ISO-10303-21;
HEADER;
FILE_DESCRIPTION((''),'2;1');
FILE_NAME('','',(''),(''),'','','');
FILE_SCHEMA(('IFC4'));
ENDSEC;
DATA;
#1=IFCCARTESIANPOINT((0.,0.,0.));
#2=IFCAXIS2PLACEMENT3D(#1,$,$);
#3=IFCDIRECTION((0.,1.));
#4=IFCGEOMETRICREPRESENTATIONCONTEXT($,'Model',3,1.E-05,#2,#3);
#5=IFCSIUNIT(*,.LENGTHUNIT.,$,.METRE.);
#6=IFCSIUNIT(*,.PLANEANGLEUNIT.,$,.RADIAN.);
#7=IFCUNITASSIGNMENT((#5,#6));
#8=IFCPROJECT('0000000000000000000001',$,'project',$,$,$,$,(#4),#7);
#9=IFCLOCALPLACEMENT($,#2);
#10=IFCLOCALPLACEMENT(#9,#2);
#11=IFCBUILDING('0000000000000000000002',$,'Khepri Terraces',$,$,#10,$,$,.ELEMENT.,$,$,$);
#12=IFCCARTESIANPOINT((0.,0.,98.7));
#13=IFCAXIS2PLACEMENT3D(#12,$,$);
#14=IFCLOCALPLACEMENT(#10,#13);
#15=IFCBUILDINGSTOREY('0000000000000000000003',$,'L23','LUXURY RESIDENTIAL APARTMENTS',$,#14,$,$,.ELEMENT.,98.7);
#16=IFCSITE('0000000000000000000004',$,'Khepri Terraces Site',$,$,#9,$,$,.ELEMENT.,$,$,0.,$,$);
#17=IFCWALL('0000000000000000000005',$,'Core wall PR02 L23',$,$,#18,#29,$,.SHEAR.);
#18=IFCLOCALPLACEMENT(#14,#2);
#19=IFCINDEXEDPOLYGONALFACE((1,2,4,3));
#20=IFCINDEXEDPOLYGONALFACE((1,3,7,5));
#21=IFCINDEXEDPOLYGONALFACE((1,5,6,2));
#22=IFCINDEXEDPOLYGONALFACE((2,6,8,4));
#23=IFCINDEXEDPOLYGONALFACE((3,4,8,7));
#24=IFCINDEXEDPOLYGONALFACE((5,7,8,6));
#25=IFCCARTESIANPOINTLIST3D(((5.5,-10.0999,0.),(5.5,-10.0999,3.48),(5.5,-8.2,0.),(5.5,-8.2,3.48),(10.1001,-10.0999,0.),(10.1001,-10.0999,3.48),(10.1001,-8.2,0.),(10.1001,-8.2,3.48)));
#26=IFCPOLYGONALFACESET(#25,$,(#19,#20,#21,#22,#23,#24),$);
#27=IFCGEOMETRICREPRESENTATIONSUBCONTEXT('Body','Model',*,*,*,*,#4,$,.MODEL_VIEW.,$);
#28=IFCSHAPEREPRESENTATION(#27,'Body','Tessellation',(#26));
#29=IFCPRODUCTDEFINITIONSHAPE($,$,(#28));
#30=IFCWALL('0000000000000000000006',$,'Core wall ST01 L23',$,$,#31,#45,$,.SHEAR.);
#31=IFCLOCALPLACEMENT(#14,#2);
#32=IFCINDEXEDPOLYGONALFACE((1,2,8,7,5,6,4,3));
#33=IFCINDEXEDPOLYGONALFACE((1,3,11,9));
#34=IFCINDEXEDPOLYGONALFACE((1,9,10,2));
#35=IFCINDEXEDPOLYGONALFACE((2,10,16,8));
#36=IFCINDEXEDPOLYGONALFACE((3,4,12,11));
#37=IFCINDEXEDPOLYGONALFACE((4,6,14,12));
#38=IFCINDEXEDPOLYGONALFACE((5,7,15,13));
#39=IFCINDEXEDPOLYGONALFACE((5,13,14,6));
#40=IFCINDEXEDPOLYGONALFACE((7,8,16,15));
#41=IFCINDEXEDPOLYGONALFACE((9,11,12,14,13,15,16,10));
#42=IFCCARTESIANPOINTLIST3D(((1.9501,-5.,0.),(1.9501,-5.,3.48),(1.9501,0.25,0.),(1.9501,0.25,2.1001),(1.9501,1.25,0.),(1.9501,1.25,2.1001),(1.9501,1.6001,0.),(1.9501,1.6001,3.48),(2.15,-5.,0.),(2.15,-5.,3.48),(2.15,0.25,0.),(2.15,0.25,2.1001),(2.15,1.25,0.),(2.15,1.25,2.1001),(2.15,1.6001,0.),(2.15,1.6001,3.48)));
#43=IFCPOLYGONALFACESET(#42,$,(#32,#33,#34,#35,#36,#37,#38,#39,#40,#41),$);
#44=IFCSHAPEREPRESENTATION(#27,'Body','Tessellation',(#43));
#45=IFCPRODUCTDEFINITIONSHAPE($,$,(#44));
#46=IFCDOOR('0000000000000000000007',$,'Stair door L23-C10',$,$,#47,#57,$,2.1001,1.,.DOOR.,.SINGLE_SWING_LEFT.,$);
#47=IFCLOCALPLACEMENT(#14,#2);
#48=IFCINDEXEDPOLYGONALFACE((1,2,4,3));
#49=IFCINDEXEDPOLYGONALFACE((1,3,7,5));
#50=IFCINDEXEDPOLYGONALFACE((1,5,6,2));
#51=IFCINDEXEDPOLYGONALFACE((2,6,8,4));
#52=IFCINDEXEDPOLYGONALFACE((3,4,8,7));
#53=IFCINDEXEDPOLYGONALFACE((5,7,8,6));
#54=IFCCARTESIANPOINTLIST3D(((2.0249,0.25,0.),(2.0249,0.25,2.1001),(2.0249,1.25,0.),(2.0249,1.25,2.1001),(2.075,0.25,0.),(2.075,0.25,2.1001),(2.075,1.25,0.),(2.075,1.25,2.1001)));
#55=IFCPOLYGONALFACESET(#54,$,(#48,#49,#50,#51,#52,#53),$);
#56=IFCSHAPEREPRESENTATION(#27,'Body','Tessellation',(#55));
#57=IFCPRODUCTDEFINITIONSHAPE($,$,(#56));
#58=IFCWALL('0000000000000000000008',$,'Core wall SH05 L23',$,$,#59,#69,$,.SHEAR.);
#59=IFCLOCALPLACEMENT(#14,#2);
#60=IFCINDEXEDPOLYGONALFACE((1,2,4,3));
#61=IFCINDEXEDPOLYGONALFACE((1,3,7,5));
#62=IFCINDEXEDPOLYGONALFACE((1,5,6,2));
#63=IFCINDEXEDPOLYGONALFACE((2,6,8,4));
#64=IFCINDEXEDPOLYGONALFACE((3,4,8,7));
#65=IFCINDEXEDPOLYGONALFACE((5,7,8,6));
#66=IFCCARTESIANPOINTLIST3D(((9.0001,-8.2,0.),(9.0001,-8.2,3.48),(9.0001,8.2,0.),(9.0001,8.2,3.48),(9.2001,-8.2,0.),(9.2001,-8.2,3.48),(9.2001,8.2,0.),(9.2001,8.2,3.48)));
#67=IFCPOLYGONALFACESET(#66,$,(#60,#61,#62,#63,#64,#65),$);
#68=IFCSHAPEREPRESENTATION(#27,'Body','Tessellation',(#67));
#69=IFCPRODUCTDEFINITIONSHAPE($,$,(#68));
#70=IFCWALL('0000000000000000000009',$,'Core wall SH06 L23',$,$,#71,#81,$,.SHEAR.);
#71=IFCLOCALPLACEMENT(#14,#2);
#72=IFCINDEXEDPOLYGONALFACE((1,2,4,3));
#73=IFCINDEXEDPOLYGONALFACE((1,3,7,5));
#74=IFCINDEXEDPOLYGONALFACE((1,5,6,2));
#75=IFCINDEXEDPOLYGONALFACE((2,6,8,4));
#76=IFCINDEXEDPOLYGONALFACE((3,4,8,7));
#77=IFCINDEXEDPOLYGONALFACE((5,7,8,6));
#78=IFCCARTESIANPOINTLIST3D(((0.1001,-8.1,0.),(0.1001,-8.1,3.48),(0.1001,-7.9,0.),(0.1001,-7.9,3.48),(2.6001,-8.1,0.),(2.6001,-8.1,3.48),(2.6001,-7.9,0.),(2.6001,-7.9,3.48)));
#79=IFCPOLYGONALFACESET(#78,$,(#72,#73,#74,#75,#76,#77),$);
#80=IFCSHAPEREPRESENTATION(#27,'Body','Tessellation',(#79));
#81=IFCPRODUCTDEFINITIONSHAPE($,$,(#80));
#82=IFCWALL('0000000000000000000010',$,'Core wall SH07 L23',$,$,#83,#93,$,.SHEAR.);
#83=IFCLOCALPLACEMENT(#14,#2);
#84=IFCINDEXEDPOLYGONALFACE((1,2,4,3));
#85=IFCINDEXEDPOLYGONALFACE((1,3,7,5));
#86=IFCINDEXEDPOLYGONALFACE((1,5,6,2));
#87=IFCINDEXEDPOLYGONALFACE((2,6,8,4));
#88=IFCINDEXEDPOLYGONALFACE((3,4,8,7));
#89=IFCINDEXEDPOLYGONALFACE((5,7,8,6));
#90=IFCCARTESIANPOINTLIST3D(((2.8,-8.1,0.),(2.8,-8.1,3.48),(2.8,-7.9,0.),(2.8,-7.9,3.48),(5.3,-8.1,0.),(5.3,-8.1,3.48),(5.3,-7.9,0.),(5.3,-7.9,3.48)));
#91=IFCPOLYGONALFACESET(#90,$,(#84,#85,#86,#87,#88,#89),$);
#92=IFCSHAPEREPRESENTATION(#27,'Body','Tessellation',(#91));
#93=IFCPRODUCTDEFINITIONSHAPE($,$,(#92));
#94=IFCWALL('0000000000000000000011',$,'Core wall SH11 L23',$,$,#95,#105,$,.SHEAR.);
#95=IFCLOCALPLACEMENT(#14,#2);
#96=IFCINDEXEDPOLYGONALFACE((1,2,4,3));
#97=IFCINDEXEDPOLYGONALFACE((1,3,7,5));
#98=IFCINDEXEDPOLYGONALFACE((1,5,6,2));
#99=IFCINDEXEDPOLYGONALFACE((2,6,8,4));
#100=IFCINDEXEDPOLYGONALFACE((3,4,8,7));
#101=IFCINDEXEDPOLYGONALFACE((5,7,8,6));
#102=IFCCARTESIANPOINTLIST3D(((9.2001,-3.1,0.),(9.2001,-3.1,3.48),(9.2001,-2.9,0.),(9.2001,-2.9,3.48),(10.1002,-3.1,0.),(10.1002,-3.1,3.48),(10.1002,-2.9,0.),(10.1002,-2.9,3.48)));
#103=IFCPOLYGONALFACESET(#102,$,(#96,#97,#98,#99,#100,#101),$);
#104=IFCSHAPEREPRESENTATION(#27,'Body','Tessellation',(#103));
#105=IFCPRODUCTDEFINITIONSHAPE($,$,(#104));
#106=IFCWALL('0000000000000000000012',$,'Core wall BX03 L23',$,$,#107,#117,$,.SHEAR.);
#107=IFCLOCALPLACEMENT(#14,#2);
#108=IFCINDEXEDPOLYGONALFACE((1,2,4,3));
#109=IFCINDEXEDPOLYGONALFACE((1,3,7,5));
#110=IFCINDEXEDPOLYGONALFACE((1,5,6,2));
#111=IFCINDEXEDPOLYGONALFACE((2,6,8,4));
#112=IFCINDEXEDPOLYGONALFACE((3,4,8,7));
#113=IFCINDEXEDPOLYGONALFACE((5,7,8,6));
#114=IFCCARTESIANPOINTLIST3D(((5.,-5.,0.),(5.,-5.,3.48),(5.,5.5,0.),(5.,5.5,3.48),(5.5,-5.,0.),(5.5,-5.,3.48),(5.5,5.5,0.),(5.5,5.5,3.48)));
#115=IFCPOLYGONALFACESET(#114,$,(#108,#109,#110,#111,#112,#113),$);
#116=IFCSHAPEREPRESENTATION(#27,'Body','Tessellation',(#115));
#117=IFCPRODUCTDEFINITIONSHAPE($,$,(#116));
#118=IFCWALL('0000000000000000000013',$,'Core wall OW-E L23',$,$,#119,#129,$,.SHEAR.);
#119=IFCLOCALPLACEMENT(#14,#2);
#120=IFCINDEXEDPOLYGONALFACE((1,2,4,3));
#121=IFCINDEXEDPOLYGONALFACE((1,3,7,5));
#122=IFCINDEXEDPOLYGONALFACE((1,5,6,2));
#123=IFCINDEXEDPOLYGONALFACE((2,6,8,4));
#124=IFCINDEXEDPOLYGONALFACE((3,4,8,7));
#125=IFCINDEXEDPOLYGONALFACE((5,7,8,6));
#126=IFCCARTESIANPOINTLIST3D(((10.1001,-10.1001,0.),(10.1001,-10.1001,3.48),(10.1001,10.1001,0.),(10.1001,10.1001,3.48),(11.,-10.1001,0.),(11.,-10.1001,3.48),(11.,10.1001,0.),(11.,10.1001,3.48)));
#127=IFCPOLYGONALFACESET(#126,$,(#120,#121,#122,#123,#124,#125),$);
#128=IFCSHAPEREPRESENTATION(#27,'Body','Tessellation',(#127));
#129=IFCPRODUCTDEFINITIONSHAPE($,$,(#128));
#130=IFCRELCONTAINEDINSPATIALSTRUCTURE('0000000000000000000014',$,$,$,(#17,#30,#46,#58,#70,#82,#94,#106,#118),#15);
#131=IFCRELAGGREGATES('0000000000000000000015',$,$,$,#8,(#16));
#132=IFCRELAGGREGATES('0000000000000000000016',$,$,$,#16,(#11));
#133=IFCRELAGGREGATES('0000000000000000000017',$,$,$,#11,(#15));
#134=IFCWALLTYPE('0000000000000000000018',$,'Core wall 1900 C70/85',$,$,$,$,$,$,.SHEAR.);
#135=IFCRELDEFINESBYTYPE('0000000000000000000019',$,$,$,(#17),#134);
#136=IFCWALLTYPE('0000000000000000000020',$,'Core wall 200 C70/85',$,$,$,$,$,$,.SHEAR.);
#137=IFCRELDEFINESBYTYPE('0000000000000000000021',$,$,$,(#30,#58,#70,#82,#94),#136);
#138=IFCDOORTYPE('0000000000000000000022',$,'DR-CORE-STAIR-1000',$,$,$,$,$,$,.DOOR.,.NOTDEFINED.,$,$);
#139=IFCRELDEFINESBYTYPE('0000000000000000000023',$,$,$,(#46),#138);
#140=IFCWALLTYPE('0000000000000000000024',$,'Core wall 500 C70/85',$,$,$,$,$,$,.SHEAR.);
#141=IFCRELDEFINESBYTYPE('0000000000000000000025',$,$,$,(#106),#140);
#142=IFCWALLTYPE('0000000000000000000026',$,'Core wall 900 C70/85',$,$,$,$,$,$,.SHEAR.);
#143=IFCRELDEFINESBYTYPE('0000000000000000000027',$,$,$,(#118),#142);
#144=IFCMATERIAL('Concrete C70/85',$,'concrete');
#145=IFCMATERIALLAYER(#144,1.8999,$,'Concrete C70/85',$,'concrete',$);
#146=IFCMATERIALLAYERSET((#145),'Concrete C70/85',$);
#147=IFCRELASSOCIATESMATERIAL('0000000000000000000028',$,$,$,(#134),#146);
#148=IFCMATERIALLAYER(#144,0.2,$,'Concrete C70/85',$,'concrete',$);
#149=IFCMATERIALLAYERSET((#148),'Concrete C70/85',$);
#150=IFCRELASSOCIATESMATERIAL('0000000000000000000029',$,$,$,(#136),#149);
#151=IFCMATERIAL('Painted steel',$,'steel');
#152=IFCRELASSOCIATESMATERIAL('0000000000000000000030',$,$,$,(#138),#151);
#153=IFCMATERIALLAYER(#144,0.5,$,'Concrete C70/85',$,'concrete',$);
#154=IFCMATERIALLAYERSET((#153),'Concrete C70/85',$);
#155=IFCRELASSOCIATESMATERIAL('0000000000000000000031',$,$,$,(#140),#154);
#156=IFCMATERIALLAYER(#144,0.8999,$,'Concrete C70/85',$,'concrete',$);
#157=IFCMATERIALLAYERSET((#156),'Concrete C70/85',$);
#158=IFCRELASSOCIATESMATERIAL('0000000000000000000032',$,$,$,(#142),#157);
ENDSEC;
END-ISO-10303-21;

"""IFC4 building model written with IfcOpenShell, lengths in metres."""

from ifc_helpers import new_model, si_unit, direction, frame, frame_2d, origin, place, context, subcontext, project, spatial, rectangle, extrude, material, layer, layer_set, type_object, element, fill, save


model = new_model("IFC4")

# Units and contexts
model_context = context("Model", 3, precision=1e-05, world=origin(), true_north=direction((0.0, 1.0)))
body_context = subcontext(model_context, "Body", "Model", "MODEL_VIEW")
ifc_project = project(units=[si_unit("LENGTHUNIT", "METRE"), si_unit("PLANEANGLEUNIT", "RADIAN")], contexts=[model_context])

# Site, building, storey
site_placement = place(None, origin())
site = spatial("IfcSite", under=ifc_project, at=site_placement, Name="Khepri Terraces Site", CompositionType="ELEMENT", RefElevation=0.0)
building_placement = place(site_placement, origin())
building = spatial("IfcBuilding", under=site, at=building_placement, Name="Khepri Terraces", CompositionType="ELEMENT")
storey_placement = place(building_placement, frame((0.0, 0.0, 98.7)))
storey = spatial("IfcBuildingStorey", under=building, at=storey_placement, Name="L23", Description="LUXURY RESIDENTIAL APARTMENTS", CompositionType="ELEMENT", Elevation=98.7)

# Wall
ifc_material_1 = material(Name="Concrete C70/85", Category="concrete")
ifc_layer_1 = layer(ifc_material_1, 1.8999, Name="Concrete C70/85", Category="concrete")
ifc_layer_set_1 = layer_set([ifc_layer_1], Name="Concrete C70/85")
wall_type_1 = type_object("IfcWallType", Name="Core wall 1900 C70/85", PredefinedType="SHEAR", material=ifc_layer_set_1)
wall_1_placement = place(storey_placement, frame((5.5, -9.1499, 0.0), z_axis=(0.0, 0.0, 1.0), x_axis=(1.0, 0.0, 0.0)))
element("IfcWall", 1, at=wall_1_placement, inside=storey, type_object=wall_type_1, Name="Core wall PR02 L23", PredefinedType="SHEAR", context=body_context, shape_type="SweptSolid", body=[
    extrude(rectangle(XDim=4.6001, YDim=1.8999, at=frame_2d((2.3, 0.0))), origin(), (0.0, 0.0, 1.0), 3.48),
])

# Wall, opening, door
ifc_layer_2 = layer(ifc_material_1, 0.2, Name="Concrete C70/85", Category="concrete")
ifc_layer_set_2 = layer_set([ifc_layer_2], Name="Concrete C70/85")
wall_type_2 = type_object("IfcWallType", Name="Core wall 200 C70/85", PredefinedType="SHEAR", material=ifc_layer_set_2)
wall_2_placement = place(storey_placement, frame((2.05, -5.0, 0.0), z_axis=(0.0, 0.0, 1.0), x_axis=(0.0, 1.0, 0.0)))
wall_2 = element("IfcWall", 2, at=wall_2_placement, inside=storey, type_object=wall_type_2, Name="Core wall ST01 L23", PredefinedType="SHEAR", context=body_context, shape_type="SweptSolid", body=[
    extrude(rectangle(XDim=6.6001, YDim=0.2, at=frame_2d((3.3, 0.0))), origin(), (0.0, 0.0, 1.0), 3.48),
])
opening_1_placement = place(wall_2_placement, frame((5.25, 0.0, 0.0)))
opening_1 = element("IfcOpeningElement", 3, at=opening_1_placement, cuts=wall_2, PredefinedType="OPENING", context=body_context, shape_type="SweptSolid", body=[
    extrude(rectangle(XDim=1.0, YDim=2.1001, at=frame_2d((0.5, 1.05))), frame((0.0, 0.1099, 0.0), z_axis=(0.0, -1.0, 0.0), x_axis=(1.0, 0.0, 0.0)), (0.0, 0.0, 1.0), 0.22),
])
ifc_material_2 = material(Name="Painted steel", Category="steel")
door_type_1 = type_object("IfcDoorType", Name="DR-CORE-STAIR-1000", OperationType="NOTDEFINED", PredefinedType="DOOR", material=ifc_material_2)
door_1_placement = place(opening_1_placement, frame((1.0, 0.0, 0.0), z_axis=(0.0, 0.0, 1.0), x_axis=(-1.0, 0.0, 0.0)))
door_1 = element("IfcDoor", 4, at=door_1_placement, inside=storey, type_object=door_type_1, Name="Stair door L23-C10", OperationType="SINGLE_SWING_LEFT", OverallHeight=2.1001, OverallWidth=1.0, PredefinedType="DOOR", context=body_context, shape_type="SweptSolid", body=[
    extrude(rectangle(XDim=1.0, YDim=2.1001, at=frame_2d((0.5, 1.05))), frame((0.0, 0.0249, 0.0), z_axis=(0.0, -1.0, 0.0), x_axis=(1.0, 0.0, 0.0)), (0.0, 0.0, 1.0), 0.05),
])
fill(opening_1, door_1)

# Walls
wall_3_placement = place(storey_placement, frame((9.1001, -8.2, 0.0), z_axis=(0.0, 0.0, 1.0), x_axis=(0.0, 1.0, 0.0)))
element("IfcWall", 5, at=wall_3_placement, inside=storey, type_object=wall_type_2, Name="Core wall SH05 L23", PredefinedType="SHEAR", context=body_context, shape_type="SweptSolid", body=[
    extrude(rectangle(XDim=16.3999, YDim=0.2, at=frame_2d((8.2, 0.0))), origin(), (0.0, 0.0, 1.0), 3.48),
])
for number, where, z_axis, x_axis, name in (
    (6, (0.1001, -8.0, 0.0), (0.0, 0.0, 1.0), (1.0, 0.0, 0.0), "Core wall SH06 L23"),
    (7, (2.8, -8.0, 0.0), (0.0, 0.0, 1.0), (1.0, 0.0, 0.0), "Core wall SH07 L23"),
):
    element("IfcWall", number, at=place(storey_placement, frame(where, z_axis=z_axis, x_axis=x_axis)), inside=storey, type_object=wall_type_2, Name=name, PredefinedType="SHEAR", context=body_context, shape_type="SweptSolid", body=[
        extrude(rectangle(XDim=2.5, YDim=0.2, at=frame_2d((1.25, 0.0))), origin(), (0.0, 0.0, 1.0), 3.48),
    ])
wall_4_placement = place(storey_placement, frame((9.2, -3.0, 0.0), z_axis=(0.0, 0.0, 1.0), x_axis=(1.0, 0.0, 0.0)))
element("IfcWall", 8, at=wall_4_placement, inside=storey, type_object=wall_type_2, Name="Core wall SH11 L23", PredefinedType="SHEAR", context=body_context, shape_type="SweptSolid", body=[
    extrude(rectangle(XDim=0.9001, YDim=0.2, at=frame_2d((0.4502, 0.0))), origin(), (0.0, 0.0, 1.0), 3.48),
])
ifc_layer_3 = layer(ifc_material_1, 0.5, Name="Concrete C70/85", Category="concrete")
ifc_layer_set_3 = layer_set([ifc_layer_3], Name="Concrete C70/85")
wall_type_3 = type_object("IfcWallType", Name="Core wall 500 C70/85", PredefinedType="SHEAR", material=ifc_layer_set_3)
wall_5_placement = place(storey_placement, frame((5.25, -5.0, 0.0), z_axis=(0.0, 0.0, 1.0), x_axis=(0.0, 1.0, 0.0)))
element("IfcWall", 9, at=wall_5_placement, inside=storey, type_object=wall_type_3, Name="Core wall BX03 L23", PredefinedType="SHEAR", context=body_context, shape_type="SweptSolid", body=[
    extrude(rectangle(XDim=10.5, YDim=0.5, at=frame_2d((5.25, 0.0))), origin(), (0.0, 0.0, 1.0), 3.48),
])
ifc_layer_4 = layer(ifc_material_1, 0.8999, Name="Concrete C70/85", Category="concrete")
ifc_layer_set_4 = layer_set([ifc_layer_4], Name="Concrete C70/85")
wall_type_4 = type_object("IfcWallType", Name="Core wall 900 C70/85", PredefinedType="SHEAR", material=ifc_layer_set_4)
wall_6_placement = place(storey_placement, frame((10.55, -10.1001, 0.0), z_axis=(0.0, 0.0, 1.0), x_axis=(0.0, 1.0, 0.0)))
element("IfcWall", 10, at=wall_6_placement, inside=storey, type_object=wall_type_4, Name="Core wall OW-E L23", PredefinedType="SHEAR", context=body_context, shape_type="SweptSolid", body=[
    extrude(rectangle(XDim=20.2002, YDim=0.8999, at=frame_2d((10.1001, 0.0))), origin(), (0.0, 0.0, 1.0), 3.48),
])

save(model, "model.ifc")
